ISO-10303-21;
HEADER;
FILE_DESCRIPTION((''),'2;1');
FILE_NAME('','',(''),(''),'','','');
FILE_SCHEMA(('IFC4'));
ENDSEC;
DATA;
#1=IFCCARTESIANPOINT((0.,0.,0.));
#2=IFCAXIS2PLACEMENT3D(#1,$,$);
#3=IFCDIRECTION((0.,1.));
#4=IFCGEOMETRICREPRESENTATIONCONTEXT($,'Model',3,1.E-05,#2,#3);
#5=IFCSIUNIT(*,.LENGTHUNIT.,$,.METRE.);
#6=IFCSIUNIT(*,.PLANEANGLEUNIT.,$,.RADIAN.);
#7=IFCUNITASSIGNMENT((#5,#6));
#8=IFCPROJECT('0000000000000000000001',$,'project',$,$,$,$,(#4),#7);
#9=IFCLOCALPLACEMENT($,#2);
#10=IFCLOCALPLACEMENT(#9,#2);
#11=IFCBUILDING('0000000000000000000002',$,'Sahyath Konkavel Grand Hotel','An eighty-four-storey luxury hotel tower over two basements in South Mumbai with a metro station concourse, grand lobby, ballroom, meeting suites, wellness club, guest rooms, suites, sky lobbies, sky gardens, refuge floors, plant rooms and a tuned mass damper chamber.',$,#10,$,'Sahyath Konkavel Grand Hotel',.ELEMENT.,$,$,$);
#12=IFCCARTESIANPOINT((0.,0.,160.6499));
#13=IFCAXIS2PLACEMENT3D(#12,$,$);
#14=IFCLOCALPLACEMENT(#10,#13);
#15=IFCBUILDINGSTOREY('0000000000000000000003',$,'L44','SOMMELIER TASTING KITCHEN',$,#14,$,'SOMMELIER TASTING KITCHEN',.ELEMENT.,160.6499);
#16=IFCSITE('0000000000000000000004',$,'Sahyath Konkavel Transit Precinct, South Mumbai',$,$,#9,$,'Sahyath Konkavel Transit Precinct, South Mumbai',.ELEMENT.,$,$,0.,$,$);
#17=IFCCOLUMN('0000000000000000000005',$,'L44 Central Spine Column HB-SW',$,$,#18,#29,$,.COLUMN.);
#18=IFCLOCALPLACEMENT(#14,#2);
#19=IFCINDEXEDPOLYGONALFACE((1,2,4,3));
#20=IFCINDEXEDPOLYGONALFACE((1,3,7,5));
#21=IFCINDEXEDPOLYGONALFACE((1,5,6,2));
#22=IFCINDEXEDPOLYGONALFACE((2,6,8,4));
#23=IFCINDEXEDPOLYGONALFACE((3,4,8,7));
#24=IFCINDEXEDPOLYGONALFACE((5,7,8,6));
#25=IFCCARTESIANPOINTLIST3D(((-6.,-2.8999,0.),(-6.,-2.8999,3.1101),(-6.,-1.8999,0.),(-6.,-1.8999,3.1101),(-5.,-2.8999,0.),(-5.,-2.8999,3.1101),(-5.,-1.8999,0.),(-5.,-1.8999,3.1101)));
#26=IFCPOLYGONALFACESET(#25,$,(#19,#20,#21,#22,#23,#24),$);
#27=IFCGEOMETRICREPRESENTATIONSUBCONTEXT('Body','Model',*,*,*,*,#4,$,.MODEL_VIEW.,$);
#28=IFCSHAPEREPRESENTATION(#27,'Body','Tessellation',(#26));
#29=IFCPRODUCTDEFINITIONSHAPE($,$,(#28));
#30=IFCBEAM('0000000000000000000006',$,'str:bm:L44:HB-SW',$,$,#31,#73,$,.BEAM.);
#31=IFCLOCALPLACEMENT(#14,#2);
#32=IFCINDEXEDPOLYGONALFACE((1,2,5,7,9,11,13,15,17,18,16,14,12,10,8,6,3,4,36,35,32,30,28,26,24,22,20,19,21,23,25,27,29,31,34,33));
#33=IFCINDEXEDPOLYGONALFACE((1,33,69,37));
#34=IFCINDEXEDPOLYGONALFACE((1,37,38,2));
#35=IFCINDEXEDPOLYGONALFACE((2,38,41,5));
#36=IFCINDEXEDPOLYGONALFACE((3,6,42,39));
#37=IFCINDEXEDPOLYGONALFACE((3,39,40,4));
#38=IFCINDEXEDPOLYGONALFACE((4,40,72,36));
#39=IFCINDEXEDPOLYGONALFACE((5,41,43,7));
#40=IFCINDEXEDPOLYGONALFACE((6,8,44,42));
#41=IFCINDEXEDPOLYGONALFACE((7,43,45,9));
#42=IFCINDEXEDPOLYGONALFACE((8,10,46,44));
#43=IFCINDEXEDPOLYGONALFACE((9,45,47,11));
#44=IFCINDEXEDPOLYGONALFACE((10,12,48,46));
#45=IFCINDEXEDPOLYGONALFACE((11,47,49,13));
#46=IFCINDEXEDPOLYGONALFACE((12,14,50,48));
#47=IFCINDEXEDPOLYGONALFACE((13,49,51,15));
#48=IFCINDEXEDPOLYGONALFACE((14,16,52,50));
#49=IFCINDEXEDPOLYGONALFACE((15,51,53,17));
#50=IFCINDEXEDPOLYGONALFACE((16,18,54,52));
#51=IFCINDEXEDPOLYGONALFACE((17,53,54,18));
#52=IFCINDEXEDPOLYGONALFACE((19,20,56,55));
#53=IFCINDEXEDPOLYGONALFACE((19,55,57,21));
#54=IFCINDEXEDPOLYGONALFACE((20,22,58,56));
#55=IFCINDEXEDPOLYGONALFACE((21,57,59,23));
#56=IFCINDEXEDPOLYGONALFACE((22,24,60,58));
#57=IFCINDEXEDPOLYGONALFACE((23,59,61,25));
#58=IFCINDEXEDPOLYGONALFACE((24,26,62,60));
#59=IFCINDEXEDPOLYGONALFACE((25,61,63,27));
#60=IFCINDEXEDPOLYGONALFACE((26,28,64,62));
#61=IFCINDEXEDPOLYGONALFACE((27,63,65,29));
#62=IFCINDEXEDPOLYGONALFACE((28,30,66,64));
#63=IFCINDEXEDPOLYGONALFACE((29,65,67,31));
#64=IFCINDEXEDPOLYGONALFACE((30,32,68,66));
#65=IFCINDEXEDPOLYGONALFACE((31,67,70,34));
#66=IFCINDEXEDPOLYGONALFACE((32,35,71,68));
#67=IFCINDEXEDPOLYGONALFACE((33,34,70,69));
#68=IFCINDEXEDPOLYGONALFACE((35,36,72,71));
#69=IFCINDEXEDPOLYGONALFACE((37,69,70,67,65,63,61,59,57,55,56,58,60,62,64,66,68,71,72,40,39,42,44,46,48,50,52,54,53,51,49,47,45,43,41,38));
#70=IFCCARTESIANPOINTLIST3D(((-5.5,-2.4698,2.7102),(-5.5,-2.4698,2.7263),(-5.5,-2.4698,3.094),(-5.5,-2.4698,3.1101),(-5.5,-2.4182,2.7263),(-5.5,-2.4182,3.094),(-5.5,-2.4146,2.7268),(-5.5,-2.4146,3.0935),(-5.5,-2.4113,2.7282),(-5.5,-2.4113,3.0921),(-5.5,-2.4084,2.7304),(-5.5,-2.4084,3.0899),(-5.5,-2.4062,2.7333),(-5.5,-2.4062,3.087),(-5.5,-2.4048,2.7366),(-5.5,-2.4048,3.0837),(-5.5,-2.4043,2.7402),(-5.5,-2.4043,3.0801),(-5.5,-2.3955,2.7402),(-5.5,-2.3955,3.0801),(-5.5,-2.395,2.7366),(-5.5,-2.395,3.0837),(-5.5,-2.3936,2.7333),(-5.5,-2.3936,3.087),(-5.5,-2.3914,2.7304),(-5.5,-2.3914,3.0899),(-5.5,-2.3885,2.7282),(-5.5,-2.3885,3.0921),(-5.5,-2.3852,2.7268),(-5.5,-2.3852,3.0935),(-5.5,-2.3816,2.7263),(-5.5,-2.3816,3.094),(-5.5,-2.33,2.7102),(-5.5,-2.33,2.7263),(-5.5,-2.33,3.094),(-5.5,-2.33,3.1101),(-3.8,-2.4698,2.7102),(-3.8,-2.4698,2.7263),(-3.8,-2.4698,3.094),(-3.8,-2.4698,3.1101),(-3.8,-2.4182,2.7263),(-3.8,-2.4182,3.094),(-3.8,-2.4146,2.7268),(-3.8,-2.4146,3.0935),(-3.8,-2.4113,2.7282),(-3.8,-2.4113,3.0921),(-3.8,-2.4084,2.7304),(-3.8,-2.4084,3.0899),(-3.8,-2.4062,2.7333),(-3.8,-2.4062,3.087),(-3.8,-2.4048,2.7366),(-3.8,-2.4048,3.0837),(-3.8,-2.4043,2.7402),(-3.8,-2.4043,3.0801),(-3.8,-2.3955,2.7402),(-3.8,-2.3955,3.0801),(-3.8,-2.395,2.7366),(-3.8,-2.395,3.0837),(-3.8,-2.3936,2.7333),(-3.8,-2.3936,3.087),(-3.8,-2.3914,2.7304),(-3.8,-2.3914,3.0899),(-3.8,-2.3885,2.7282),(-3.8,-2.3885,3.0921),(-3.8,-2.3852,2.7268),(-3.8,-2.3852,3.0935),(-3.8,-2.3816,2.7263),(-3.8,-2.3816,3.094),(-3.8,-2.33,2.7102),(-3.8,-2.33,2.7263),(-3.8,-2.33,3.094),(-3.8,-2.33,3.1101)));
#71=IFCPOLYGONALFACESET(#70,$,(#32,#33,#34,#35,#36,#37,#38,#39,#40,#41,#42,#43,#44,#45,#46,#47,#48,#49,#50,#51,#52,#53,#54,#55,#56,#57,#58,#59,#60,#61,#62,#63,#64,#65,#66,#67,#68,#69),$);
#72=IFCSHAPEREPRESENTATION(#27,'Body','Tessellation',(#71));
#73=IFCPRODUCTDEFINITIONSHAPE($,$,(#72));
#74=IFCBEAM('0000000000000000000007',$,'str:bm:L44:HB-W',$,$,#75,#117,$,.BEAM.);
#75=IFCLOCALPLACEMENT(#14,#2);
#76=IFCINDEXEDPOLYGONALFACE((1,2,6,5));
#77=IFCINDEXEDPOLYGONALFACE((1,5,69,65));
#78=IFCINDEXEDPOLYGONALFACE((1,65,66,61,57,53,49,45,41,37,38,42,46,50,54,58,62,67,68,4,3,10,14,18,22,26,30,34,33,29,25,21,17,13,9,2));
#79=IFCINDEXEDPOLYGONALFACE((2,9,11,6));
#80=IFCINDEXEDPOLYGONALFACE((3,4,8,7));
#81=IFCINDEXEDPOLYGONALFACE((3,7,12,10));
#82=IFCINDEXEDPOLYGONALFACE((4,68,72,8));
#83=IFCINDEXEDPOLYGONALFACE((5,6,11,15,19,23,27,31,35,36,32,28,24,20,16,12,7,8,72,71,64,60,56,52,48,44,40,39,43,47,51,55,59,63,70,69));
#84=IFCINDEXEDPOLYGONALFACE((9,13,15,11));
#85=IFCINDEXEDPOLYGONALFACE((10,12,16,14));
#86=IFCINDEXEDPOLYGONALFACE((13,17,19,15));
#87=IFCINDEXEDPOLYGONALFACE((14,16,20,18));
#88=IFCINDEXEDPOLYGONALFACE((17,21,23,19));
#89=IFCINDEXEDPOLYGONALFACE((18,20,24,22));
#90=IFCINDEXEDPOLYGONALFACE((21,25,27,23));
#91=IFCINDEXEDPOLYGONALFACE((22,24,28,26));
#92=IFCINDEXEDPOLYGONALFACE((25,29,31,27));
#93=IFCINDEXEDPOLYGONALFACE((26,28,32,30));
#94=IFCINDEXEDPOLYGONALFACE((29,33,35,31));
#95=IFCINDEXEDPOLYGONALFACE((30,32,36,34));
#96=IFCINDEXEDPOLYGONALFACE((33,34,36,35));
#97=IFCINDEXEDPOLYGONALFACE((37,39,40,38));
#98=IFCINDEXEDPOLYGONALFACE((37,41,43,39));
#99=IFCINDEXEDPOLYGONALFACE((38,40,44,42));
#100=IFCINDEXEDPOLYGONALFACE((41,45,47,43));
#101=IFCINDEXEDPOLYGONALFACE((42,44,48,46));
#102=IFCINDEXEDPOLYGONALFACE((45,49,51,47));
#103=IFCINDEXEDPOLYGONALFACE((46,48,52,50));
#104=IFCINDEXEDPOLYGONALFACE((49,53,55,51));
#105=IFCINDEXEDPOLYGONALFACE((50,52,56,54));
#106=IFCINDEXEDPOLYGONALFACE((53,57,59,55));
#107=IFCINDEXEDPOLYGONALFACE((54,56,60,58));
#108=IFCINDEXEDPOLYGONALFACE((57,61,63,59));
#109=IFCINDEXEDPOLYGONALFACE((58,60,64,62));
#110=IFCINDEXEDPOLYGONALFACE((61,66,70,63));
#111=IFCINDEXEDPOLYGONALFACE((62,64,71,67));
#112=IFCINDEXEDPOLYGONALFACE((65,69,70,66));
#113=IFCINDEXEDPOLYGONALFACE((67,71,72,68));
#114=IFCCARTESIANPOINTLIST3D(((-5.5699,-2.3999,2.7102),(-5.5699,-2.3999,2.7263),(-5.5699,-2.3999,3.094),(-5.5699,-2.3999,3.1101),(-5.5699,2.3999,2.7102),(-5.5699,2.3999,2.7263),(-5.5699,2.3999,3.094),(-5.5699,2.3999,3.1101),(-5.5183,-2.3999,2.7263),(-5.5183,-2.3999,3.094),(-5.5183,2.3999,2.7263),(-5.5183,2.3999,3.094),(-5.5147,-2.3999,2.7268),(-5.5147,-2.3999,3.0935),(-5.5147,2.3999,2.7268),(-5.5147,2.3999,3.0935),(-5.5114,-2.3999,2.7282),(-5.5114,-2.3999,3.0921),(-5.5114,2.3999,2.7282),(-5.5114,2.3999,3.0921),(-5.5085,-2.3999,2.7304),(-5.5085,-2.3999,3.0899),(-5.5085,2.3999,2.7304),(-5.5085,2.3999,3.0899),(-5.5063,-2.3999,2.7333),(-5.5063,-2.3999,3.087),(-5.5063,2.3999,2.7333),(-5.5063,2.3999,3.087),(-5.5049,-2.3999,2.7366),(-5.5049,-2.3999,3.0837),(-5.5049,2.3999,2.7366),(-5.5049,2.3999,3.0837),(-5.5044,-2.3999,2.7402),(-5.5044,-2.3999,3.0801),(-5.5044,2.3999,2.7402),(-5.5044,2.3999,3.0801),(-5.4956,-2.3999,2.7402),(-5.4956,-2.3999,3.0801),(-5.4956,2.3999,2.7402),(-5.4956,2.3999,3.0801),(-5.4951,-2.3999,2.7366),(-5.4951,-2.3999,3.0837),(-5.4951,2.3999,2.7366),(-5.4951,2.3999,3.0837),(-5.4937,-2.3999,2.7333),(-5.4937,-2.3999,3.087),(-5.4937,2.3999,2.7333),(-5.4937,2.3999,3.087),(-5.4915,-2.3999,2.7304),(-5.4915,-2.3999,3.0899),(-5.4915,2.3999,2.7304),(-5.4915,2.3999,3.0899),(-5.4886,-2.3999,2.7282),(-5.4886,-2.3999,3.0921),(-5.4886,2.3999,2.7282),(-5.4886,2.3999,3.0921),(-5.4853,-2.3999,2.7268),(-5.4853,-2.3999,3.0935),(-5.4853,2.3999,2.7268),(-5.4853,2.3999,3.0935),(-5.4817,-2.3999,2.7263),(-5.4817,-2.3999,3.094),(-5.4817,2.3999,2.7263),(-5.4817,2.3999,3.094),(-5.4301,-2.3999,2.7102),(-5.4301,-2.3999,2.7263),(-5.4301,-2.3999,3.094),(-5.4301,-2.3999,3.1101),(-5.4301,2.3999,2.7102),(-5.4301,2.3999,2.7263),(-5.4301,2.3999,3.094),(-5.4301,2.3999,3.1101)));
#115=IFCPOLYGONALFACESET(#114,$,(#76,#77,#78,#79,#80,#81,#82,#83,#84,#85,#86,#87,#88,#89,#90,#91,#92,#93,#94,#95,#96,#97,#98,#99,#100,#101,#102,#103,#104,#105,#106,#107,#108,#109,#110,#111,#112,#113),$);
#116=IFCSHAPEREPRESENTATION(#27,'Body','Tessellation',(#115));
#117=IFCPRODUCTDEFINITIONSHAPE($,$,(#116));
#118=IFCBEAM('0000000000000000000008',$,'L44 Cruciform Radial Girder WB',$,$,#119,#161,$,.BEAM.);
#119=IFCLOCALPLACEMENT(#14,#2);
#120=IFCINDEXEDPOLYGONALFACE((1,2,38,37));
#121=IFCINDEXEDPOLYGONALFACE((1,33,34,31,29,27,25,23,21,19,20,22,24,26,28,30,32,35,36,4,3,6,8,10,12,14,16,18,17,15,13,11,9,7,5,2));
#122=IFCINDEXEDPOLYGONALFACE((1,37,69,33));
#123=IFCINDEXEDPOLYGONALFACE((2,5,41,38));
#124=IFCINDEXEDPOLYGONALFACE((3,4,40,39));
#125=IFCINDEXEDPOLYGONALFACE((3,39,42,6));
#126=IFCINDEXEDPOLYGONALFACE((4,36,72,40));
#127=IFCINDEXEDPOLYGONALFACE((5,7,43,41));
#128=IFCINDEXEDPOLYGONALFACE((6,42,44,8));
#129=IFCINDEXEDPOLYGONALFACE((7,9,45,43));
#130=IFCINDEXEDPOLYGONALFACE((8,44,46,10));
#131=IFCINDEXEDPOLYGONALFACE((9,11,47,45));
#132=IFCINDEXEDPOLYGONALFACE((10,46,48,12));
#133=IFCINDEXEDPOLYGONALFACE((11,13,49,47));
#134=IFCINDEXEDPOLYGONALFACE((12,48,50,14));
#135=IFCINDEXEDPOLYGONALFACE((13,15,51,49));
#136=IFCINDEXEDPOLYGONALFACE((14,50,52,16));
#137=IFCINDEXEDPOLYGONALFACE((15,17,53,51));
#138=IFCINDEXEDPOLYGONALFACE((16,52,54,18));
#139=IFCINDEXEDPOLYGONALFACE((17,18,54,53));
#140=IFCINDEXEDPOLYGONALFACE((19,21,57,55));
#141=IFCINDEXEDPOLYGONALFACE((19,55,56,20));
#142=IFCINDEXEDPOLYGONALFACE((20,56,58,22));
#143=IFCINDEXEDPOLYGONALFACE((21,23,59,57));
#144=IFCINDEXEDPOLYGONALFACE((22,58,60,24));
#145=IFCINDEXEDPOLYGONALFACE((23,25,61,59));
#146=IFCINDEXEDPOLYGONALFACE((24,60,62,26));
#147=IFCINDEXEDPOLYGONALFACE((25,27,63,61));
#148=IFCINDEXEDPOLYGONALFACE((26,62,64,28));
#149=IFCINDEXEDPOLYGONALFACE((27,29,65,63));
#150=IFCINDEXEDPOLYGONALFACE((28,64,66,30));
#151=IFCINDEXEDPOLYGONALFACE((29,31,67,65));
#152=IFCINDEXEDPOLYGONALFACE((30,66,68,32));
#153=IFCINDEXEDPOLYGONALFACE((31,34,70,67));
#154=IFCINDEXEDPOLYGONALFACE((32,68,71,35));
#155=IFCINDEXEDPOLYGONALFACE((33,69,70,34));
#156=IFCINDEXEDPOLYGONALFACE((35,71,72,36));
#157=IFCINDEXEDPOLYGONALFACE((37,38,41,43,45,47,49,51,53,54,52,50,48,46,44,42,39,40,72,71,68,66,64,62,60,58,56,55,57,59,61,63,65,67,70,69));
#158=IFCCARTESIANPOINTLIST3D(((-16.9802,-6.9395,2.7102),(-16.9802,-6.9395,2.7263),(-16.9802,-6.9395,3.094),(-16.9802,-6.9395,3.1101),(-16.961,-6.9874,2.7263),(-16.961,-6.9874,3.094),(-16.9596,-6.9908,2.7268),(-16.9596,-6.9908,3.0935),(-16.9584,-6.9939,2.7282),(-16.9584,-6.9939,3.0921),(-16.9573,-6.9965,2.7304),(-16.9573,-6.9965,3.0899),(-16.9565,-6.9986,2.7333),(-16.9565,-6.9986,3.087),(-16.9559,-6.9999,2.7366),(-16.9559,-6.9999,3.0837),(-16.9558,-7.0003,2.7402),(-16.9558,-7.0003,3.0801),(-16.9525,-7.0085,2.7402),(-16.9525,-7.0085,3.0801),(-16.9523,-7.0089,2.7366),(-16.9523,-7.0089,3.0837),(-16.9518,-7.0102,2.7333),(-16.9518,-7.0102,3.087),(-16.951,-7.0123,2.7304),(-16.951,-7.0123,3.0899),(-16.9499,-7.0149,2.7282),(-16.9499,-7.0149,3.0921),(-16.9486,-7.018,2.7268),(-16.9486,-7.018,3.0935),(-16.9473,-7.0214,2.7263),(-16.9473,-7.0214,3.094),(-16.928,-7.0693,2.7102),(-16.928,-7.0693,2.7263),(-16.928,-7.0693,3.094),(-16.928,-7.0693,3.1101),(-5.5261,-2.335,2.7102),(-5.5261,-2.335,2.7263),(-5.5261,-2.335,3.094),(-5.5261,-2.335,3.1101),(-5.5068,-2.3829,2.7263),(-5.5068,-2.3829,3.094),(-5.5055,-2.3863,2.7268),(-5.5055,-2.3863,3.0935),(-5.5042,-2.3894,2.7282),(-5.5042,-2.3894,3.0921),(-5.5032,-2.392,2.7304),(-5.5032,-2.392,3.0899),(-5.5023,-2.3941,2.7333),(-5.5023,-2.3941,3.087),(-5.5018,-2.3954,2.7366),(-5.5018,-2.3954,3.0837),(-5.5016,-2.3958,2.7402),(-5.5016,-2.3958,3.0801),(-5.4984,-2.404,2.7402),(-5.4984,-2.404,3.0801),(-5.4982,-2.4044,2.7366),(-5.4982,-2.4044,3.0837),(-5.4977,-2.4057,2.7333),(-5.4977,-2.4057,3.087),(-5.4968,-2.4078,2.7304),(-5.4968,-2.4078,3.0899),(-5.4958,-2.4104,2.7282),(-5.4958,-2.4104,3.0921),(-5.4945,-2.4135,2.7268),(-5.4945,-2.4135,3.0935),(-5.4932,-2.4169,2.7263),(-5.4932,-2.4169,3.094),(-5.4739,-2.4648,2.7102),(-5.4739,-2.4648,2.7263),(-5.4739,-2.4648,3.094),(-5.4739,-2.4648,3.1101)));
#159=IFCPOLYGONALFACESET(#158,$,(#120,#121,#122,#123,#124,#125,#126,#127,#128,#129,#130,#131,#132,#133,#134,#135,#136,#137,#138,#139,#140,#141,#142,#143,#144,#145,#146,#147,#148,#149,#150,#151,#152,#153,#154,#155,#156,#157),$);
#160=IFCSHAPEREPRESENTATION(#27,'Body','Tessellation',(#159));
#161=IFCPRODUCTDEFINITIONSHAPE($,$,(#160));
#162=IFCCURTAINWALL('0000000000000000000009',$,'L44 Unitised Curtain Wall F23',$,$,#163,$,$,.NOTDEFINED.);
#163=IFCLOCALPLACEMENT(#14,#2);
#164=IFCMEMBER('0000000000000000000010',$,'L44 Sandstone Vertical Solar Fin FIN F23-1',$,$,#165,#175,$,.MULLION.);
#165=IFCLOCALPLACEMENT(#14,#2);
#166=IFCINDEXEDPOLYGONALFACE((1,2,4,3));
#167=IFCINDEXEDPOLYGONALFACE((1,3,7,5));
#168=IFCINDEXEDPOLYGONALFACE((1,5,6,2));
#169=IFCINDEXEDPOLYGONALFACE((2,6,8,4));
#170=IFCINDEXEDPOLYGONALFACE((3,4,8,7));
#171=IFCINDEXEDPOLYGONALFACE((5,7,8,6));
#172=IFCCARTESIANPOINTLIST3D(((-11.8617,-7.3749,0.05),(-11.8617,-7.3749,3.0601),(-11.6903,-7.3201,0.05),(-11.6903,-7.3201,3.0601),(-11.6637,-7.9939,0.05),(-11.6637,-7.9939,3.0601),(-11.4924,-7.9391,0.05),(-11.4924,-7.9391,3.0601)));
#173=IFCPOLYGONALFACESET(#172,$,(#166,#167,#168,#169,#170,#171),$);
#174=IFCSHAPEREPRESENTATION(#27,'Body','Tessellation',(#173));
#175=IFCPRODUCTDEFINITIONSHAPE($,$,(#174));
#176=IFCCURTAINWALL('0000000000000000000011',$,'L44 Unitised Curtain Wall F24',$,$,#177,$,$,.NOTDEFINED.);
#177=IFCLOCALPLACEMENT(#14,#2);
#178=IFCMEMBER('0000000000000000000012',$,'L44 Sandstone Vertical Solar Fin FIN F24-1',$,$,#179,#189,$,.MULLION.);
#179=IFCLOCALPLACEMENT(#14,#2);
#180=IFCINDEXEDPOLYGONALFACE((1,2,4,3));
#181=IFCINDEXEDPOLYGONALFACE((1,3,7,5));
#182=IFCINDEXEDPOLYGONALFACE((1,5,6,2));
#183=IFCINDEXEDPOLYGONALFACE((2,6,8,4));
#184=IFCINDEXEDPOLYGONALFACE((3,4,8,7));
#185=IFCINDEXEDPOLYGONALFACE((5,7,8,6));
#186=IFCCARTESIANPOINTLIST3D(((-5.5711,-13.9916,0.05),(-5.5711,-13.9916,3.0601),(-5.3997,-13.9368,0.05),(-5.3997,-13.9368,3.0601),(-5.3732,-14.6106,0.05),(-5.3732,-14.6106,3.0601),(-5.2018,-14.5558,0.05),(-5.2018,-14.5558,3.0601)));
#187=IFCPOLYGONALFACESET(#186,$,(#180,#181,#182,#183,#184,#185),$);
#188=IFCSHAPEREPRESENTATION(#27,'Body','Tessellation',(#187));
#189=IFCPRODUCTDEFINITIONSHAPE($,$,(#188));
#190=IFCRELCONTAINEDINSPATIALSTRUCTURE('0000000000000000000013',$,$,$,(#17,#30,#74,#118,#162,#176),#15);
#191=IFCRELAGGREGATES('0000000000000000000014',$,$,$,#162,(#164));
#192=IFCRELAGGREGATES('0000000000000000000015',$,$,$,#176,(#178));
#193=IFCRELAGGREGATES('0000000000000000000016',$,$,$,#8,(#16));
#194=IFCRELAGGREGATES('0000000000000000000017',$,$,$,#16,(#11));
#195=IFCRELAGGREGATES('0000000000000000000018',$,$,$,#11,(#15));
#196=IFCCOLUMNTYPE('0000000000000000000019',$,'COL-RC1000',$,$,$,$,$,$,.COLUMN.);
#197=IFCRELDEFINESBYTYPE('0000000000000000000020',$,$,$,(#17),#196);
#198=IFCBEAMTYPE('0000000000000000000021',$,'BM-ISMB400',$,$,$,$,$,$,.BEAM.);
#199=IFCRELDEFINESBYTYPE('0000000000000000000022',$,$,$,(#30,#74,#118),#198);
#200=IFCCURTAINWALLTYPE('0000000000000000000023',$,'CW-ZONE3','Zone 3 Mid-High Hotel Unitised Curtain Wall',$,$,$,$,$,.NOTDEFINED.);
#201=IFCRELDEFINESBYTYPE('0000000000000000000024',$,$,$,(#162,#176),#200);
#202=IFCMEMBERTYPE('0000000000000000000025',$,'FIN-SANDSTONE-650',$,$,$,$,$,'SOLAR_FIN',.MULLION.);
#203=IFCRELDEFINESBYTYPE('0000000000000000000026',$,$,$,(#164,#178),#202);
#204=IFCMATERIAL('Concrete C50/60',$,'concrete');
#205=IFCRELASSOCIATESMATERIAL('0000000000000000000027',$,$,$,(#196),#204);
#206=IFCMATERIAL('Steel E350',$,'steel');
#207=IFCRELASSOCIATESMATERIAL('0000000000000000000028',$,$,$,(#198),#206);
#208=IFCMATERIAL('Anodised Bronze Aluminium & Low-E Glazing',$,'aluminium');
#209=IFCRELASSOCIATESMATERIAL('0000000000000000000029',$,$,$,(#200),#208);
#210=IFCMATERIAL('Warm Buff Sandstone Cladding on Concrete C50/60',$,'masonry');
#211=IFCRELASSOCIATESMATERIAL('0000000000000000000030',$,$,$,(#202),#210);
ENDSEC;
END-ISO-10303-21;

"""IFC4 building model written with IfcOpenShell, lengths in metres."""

from ifc_helpers import new_model, si_unit, direction, frame, origin, origin_2d, place, context, subcontext, project, spatial, rectangle, i_section, extrude, source, transform, mapped, material, material_profile, profile_set, type_object, element, aggregate, save


model = new_model("IFC4")

# Units and contexts
model_context = context("Model", 3, precision=1e-05, world=origin(), true_north=direction((0.0, 1.0)))
body_context = subcontext(model_context, "Body", "Model", "MODEL_VIEW")
ifc_project = project(units=[si_unit("LENGTHUNIT", "METRE"), si_unit("PLANEANGLEUNIT", "RADIAN")], contexts=[model_context])

# Site, building, storey
site_placement = place(None, origin())
site = spatial("IfcSite", under=ifc_project, at=site_placement, Name="Sahyath Konkavel Transit Precinct, South Mumbai", LongName="Sahyath Konkavel Transit Precinct, South Mumbai", CompositionType="ELEMENT", RefElevation=0.0)
building_placement = place(site_placement, origin())
building = spatial("IfcBuilding", under=site, at=building_placement, Name="Sahyath Konkavel Grand Hotel", Description="An eighty-four-storey luxury hotel tower over two basements in South Mumbai with a metro station concourse, grand lobby, ballroom, meeting suites, wellness club, guest rooms, suites, sky lobbies, sky gardens, refuge floors, plant rooms and a tuned mass damper chamber.", LongName="Sahyath Konkavel Grand Hotel", CompositionType="ELEMENT")
storey_placement = place(building_placement, frame((0.0, 0.0, 160.6499)))
storey = spatial("IfcBuildingStorey", under=building, at=storey_placement, Name="L44", Description="SOMMELIER TASTING KITCHEN", LongName="SOMMELIER TASTING KITCHEN", CompositionType="ELEMENT", Elevation=160.6499)

# Column
ifc_material_1 = material(Name="Concrete C50/60", Category="concrete")
ifc_material_profile_1 = material_profile(ifc_material_1, rectangle(XDim=1.0, YDim=1.0, at=origin_2d()), Name="RC 1000x1000")
ifc_profile_set_1 = profile_set([ifc_material_profile_1], Name="Concrete C50/60")
column_type = type_object("IfcColumnType", Name="COL-RC1000", PredefinedType="COLUMN", material=ifc_profile_set_1)
shared_shape_1 = source(origin(), body_context, "Body", "SweptSolid", [
    extrude(rectangle(XDim=1.0, YDim=1.0, at=origin_2d()), origin(), (0.0, 0.0, 1.0), 3.1101),
])
column_placement = place(storey_placement, frame((-5.5, -2.3999, 0.0), z_axis=(0.0, 0.0, 1.0), x_axis=(1.0, 0.0, 0.0)))
element("IfcColumn", 1, at=column_placement, inside=storey, type_object=column_type, Name="L44 Central Spine Column HB-SW", PredefinedType="COLUMN", context=body_context, shape_type="MappedRepresentation", body=[
    mapped(shared_shape_1, transform((0.0, 0.0, 0.0), scale=1.0)),
])

# Beams
ifc_material_2 = material(Name="Steel E350", Category="steel")
ifc_material_profile_2 = material_profile(ifc_material_2, i_section(OverallWidth=0.1399, OverallDepth=0.3999, WebThickness=0.0088, FlangeThickness=0.0161, FilletRadius=0.0139, at=origin_2d()), Name="ISMB 400")
ifc_profile_set_2 = profile_set([ifc_material_profile_2], Name="Steel E350")
beam_type_1 = type_object("IfcBeamType", Name="BM-ISMB400", PredefinedType="BEAM", material=ifc_profile_set_2)
shared_shape_2 = source(origin(), body_context, "Body", "SweptSolid", [
    extrude(i_section(OverallWidth=0.1399, OverallDepth=0.3999, WebThickness=0.0088, FlangeThickness=0.0161, FilletRadius=0.0139, at=origin_2d()), origin(), (0.0, 0.0, 1.0), 1.7),
])
beam_1_placement = place(storey_placement, frame((-5.5, -2.3999, 2.9102), z_axis=(1.0, 0.0, 0.0), x_axis=(0.0, 1.0, 0.0)))
element("IfcBeam", 2, at=beam_1_placement, inside=storey, type_object=beam_type_1, Name="str:bm:L44:HB-SW", PredefinedType="BEAM", context=body_context, shape_type="MappedRepresentation", body=[
    mapped(shared_shape_2, transform((0.0, 0.0, 0.0), scale=1.0)),
])
shared_shape_3 = source(origin(), body_context, "Body", "SweptSolid", [
    extrude(i_section(OverallWidth=0.1399, OverallDepth=0.3999, WebThickness=0.0088, FlangeThickness=0.0161, FilletRadius=0.0139, at=origin_2d()), origin(), (0.0, 0.0, 1.0), 4.7998),
])
beam_2_placement = place(storey_placement, frame((-5.5, -2.3999, 2.9102), z_axis=(0.0, 1.0, 0.0), x_axis=(-1.0, 0.0, 0.0)))
element("IfcBeam", 3, at=beam_2_placement, inside=storey, type_object=beam_type_1, Name="str:bm:L44:HB-W", PredefinedType="BEAM", context=body_context, shape_type="MappedRepresentation", body=[
    mapped(shared_shape_3, transform((0.0, 0.0, 0.0), scale=1.0)),
])
shared_shape_4 = source(origin(), body_context, "Body", "SweptSolid", [
    extrude(i_section(OverallWidth=0.1399, OverallDepth=0.3999, WebThickness=0.0088, FlangeThickness=0.0161, FilletRadius=0.0139, at=origin_2d()), origin(), (0.0, 0.0, 1.0), 12.345),
])
beam_3_placement = place(storey_placement, frame((-5.5, -2.3999, 2.9102), z_axis=(-0.927837, -0.372986, 0.0), x_axis=(0.372986, -0.927837, 0.0)))
element("IfcBeam", 4, at=beam_3_placement, inside=storey, type_object=beam_type_1, Name="L44 Cruciform Radial Girder WB", PredefinedType="BEAM", context=body_context, shape_type="MappedRepresentation", body=[
    mapped(shared_shape_4, transform((0.0, 0.0, 0.0), scale=1.0)),
])

# Curtain walls, members
ifc_material_3 = material(Name="Anodised Bronze Aluminium & Low-E Glazing", Category="aluminium")
curtain_wall_type = type_object("IfcCurtainWallType", Name="CW-ZONE3", Description="Zone 3 Mid-High Hotel Unitised Curtain Wall", PredefinedType="NOTDEFINED", material=ifc_material_3)
curtain_wall_1_placement = place(storey_placement, origin())
curtain_wall_1 = element("IfcCurtainWall", 5, at=curtain_wall_1_placement, inside=storey, type_object=curtain_wall_type, Name="L44 Unitised Curtain Wall F23", PredefinedType="NOTDEFINED")
ifc_material_4 = material(Name="Warm Buff Sandstone Cladding on Concrete C50/60", Category="masonry")
ifc_material_profile_3 = material_profile(ifc_material_4, rectangle(XDim=0.1799, YDim=0.6499, at=origin_2d()), Name="FIN 180x650")
ifc_profile_set_3 = profile_set([ifc_material_profile_3], Name="Warm Buff Sandstone Cladding on Concrete C50/60")
member_type_1 = type_object("IfcMemberType", Name="FIN-SANDSTONE-650", ElementType="SOLAR_FIN", PredefinedType="MULLION", material=ifc_profile_set_3)
shared_shape_5 = source(origin(), body_context, "Body", "SweptSolid", [
    extrude(rectangle(XDim=0.1799, YDim=0.6499, at=origin_2d()), origin(), (0.0, 0.0, 1.0), 3.01),
])
member_1_placement = place(storey_placement, frame((-11.677, -7.657, 0.05), z_axis=(0.0, 0.0, 1.0), x_axis=(0.952502, 0.304532, 0.0)))
member_1 = element("IfcMember", 6, at=member_1_placement, type_object=member_type_1, Name="L44 Sandstone Vertical Solar Fin FIN F23-1", PredefinedType="MULLION", context=body_context, shape_type="MappedRepresentation", body=[
    mapped(shared_shape_5, transform((0.0, 0.0, 0.0), scale=1.0)),
])
curtain_wall_2_placement = place(storey_placement, origin())
curtain_wall_2 = element("IfcCurtainWall", 7, at=curtain_wall_2_placement, inside=storey, type_object=curtain_wall_type, Name="L44 Unitised Curtain Wall F24", PredefinedType="NOTDEFINED")
member_2_placement = place(storey_placement, frame((-5.3865, -14.2737, 0.05), z_axis=(0.0, 0.0, 1.0), x_axis=(0.952502, 0.304532, 0.0)))
member_2 = element("IfcMember", 8, at=member_2_placement, type_object=member_type_1, Name="L44 Sandstone Vertical Solar Fin FIN F24-1", PredefinedType="MULLION", context=body_context, shape_type="MappedRepresentation", body=[
    mapped(shared_shape_5, transform((0.0, 0.0, 0.0), scale=1.0)),
])

aggregate(curtain_wall_1, [member_1])
aggregate(curtain_wall_2, [member_2])

save(model, "model.ifc")
